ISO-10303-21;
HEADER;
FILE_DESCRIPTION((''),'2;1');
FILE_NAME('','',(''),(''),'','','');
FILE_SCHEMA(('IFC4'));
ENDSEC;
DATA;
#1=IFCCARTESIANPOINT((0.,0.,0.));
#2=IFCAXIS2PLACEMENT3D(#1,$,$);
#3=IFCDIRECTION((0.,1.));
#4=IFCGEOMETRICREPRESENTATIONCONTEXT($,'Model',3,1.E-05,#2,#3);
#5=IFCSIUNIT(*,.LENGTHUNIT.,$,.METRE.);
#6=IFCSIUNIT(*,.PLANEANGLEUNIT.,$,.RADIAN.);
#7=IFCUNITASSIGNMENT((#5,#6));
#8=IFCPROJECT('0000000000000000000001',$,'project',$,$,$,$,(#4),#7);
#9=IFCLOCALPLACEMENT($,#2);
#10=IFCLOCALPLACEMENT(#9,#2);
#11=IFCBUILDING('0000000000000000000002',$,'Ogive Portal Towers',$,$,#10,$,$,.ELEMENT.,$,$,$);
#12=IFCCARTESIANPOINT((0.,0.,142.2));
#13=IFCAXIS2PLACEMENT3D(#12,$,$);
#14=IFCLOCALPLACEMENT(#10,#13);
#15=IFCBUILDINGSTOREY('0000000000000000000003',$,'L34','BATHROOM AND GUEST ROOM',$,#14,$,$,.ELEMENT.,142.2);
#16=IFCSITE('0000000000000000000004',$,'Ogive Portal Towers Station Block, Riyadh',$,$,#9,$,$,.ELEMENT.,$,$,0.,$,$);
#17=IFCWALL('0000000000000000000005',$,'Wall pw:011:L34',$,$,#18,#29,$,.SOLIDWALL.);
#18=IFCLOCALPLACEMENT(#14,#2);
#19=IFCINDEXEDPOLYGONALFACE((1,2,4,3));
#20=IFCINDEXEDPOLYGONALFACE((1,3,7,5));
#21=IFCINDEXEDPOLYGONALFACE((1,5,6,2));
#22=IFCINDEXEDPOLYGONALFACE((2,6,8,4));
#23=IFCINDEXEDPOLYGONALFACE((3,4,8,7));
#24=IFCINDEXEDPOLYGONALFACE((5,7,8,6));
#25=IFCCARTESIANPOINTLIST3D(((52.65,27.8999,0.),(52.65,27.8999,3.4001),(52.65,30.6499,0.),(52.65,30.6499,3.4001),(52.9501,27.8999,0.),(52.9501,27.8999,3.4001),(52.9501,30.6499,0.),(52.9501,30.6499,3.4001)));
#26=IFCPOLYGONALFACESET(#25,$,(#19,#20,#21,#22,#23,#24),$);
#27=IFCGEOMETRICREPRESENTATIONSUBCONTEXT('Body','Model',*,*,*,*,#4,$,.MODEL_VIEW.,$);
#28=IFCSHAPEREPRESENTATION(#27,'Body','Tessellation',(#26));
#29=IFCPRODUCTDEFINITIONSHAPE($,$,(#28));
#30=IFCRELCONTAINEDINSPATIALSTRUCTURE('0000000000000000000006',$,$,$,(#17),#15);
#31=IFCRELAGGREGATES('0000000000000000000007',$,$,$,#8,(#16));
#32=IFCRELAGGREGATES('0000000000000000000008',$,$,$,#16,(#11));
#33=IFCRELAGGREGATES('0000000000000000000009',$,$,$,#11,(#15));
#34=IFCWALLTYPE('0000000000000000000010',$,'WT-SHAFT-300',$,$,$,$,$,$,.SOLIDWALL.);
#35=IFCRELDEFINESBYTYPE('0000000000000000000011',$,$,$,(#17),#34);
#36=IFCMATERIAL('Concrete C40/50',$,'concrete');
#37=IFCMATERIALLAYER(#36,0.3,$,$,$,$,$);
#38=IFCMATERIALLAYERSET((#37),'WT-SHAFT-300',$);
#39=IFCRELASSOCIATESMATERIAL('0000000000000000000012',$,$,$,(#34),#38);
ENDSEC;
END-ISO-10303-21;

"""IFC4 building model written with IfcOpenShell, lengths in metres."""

from ifc_helpers import new_model, si_unit, direction, frame, frame_2d, origin, place, context, subcontext, project, spatial, rectangle, extrude, material, layer, layer_set, type_object, element, save


model = new_model("IFC4")

# Units and contexts
model_context = context("Model", 3, precision=1e-05, world=origin(), true_north=direction((0.0, 1.0)))
body_context = subcontext(model_context, "Body", "Model", "MODEL_VIEW")
ifc_project = project(units=[si_unit("LENGTHUNIT", "METRE"), si_unit("PLANEANGLEUNIT", "RADIAN")], contexts=[model_context])

# Site, building, storey
site_placement = place(None, origin())
site = spatial("IfcSite", under=ifc_project, at=site_placement, Name="Ogive Portal Towers Station Block, Riyadh", CompositionType="ELEMENT", RefElevation=0.0)
building_placement = place(site_placement, origin())
building = spatial("IfcBuilding", under=site, at=building_placement, Name="Ogive Portal Towers", CompositionType="ELEMENT")
storey_placement = place(building_placement, frame((0.0, 0.0, 142.2)))
storey = spatial("IfcBuildingStorey", under=building, at=storey_placement, Name="L34", Description="BATHROOM AND GUEST ROOM", CompositionType="ELEMENT", Elevation=142.2)

# Wall
ifc_material_1 = material(Name="Concrete C40/50", Category="concrete")
ifc_layer_1 = layer(ifc_material_1, 0.3)
ifc_layer_set_1 = layer_set([ifc_layer_1], Name="WT-SHAFT-300")
wall_type_1 = type_object("IfcWallType", Name="WT-SHAFT-300", PredefinedType="SOLIDWALL", material=ifc_layer_set_1)
wall_1_placement = place(storey_placement, frame((52.8, 27.8999, 0.0), z_axis=(0.0, 0.0, 1.0), x_axis=(0.0, 1.0, 0.0)))
element("IfcWall", 1, at=wall_1_placement, inside=storey, type_object=wall_type_1, Name="Wall pw:011:L34", PredefinedType="SOLIDWALL", context=body_context, shape_type="SweptSolid", body=[
    extrude(rectangle(XDim=2.75, YDim=0.3, at=frame_2d((1.375, 0.0))), origin(), (0.0, 0.0, 1.0), 3.4001),
])

save(model, "model.ifc")
